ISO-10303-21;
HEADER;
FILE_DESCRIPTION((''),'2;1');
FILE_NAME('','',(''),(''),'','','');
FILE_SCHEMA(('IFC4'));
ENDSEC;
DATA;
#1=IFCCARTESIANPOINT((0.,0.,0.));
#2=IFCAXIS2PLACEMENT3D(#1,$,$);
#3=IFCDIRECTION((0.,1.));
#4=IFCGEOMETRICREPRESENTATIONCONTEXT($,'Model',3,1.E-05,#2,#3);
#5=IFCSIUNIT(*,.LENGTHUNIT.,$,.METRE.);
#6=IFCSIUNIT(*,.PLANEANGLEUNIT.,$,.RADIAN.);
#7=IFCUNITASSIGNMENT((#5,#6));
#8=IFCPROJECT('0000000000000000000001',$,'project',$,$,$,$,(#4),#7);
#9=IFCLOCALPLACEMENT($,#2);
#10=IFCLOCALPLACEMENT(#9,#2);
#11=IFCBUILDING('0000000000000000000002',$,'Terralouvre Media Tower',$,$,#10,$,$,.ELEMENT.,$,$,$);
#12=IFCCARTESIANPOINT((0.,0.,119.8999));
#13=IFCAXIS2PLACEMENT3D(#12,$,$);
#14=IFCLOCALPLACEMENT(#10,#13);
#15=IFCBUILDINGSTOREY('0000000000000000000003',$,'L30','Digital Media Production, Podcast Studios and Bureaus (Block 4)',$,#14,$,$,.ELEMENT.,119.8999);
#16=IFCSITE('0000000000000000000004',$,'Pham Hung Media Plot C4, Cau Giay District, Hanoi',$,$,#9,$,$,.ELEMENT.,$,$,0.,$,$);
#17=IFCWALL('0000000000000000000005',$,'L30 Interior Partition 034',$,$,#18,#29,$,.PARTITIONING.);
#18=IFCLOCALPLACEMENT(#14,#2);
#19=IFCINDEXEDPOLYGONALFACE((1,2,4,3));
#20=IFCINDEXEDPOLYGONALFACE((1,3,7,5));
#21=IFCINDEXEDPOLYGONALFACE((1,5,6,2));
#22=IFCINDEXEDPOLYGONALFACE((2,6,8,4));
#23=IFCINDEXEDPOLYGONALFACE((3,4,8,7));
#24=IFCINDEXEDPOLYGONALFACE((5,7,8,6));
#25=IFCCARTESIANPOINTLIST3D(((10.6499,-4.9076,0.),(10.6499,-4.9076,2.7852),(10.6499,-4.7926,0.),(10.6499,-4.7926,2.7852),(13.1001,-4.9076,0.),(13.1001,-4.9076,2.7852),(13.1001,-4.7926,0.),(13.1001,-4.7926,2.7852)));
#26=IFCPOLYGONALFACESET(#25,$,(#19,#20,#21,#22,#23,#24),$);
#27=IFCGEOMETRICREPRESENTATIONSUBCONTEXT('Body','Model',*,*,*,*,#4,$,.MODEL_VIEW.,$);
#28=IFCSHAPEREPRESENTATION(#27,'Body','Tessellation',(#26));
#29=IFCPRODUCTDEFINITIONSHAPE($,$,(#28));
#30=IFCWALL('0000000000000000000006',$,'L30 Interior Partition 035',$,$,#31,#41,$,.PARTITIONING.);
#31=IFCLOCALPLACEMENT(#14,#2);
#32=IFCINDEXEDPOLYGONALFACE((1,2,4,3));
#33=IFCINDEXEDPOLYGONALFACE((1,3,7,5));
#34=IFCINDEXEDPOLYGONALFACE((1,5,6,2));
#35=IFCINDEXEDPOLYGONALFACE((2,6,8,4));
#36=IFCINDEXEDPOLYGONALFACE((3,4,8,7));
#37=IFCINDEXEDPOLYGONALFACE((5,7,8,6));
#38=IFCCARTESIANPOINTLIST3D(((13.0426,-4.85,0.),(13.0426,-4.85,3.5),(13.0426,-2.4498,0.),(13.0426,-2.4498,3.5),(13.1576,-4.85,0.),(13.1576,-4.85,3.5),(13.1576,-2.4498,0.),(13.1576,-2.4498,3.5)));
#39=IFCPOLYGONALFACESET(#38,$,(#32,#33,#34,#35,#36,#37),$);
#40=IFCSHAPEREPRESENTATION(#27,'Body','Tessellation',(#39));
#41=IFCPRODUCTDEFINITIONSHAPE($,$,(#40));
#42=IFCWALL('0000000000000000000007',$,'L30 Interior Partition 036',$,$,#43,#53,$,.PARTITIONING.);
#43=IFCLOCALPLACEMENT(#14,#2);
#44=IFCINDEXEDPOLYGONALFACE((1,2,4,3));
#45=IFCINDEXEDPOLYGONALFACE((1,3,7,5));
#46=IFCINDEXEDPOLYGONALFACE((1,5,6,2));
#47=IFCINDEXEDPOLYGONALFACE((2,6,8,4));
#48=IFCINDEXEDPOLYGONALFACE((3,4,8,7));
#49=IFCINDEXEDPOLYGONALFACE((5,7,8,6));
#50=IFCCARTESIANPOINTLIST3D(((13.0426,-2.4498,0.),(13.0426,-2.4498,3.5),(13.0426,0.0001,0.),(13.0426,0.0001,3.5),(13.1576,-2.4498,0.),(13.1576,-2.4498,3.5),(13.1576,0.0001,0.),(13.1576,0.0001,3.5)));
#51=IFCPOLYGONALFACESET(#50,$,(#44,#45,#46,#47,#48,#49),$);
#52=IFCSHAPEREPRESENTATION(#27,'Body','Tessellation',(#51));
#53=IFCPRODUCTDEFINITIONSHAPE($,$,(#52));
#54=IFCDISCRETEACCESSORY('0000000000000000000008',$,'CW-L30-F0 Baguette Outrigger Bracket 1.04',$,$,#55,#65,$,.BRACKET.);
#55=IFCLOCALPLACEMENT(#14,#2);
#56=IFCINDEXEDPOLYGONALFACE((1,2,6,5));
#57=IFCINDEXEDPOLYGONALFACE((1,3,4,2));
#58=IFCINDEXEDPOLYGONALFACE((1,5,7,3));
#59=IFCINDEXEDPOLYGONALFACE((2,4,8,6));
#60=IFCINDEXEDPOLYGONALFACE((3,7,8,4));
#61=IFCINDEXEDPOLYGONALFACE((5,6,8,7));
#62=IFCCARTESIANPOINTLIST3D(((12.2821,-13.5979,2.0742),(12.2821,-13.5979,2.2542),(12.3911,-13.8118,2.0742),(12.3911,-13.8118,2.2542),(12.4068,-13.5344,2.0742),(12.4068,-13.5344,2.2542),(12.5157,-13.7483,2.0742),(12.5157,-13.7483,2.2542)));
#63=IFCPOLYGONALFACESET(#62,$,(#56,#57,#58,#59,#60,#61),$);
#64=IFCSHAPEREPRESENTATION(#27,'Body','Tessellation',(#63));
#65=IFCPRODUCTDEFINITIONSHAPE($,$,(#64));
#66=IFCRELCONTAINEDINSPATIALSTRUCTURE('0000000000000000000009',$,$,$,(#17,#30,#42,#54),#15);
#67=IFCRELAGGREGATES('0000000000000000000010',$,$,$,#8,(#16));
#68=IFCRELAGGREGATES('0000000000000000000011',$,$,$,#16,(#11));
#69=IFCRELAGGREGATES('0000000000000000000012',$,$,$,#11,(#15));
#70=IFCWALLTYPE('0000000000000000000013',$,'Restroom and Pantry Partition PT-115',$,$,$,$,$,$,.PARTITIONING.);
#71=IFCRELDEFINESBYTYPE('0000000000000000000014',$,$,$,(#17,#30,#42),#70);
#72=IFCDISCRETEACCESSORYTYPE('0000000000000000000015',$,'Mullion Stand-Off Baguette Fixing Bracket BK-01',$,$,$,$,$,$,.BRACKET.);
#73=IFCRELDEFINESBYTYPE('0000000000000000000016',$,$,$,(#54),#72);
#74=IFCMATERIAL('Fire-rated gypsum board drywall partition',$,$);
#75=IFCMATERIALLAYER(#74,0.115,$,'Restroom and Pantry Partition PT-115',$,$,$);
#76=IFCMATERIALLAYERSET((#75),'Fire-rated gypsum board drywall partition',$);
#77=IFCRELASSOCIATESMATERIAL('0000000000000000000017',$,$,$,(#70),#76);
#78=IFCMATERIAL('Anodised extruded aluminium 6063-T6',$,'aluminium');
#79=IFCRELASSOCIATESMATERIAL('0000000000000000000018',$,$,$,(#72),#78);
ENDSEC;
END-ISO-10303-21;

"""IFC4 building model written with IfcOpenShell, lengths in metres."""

from ifc_helpers import new_model, si_unit, direction, frame, frame_2d, origin, origin_2d, place, context, subcontext, project, spatial, rectangle, extrude, material, layer, layer_set, type_object, element, save


model = new_model("IFC4")

# Units and contexts
model_context = context("Model", 3, precision=1e-05, world=origin(), true_north=direction((0.0, 1.0)))
body_context = subcontext(model_context, "Body", "Model", "MODEL_VIEW")
ifc_project = project(units=[si_unit("LENGTHUNIT", "METRE"), si_unit("PLANEANGLEUNIT", "RADIAN")], contexts=[model_context])

# Site, building, storey
site_placement = place(None, origin())
site = spatial("IfcSite", under=ifc_project, at=site_placement, Name="Pham Hung Media Plot C4, Cau Giay District, Hanoi", CompositionType="ELEMENT", RefElevation=0.0)
building_placement = place(site_placement, origin())
building = spatial("IfcBuilding", under=site, at=building_placement, Name="Terralouvre Media Tower", CompositionType="ELEMENT")
storey_placement = place(building_placement, frame((0.0, 0.0, 119.8999)))
storey = spatial("IfcBuildingStorey", under=building, at=storey_placement, Name="L30", Description="Digital Media Production, Podcast Studios and Bureaus (Block 4)", CompositionType="ELEMENT", Elevation=119.8999)

# Shared definitions
ifc_material_1 = material(Name="Fire-rated gypsum board drywall partition")
ifc_layer_1 = layer(ifc_material_1, 0.115, Name="Restroom and Pantry Partition PT-115")
ifc_layer_set_1 = layer_set([ifc_layer_1], Name="Fire-rated gypsum board drywall partition")
wall_type_1 = type_object("IfcWallType", Name="Restroom and Pantry Partition PT-115", PredefinedType="PARTITIONING", material=ifc_layer_set_1)

# Walls
for number, where, z_axis, x_axis, name in (
    (1, (10.6499, -4.8501, 0.0), (0.0, 0.0, 1.0), (1.0, 0.0, 0.0), "L30 Interior Partition 034"),
):
    element("IfcWall", number, at=place(storey_placement, frame(where, z_axis=z_axis, x_axis=x_axis)), inside=storey, type_object=wall_type_1, Name=name, PredefinedType="PARTITIONING", context=body_context, shape_type="SweptSolid", body=[
        extrude(rectangle(XDim=2.4502, YDim=0.115, at=frame_2d((1.2251, 0.0))), origin(), (0.0, 0.0, 1.0), 2.7852),
    ])
wall_1_placement = place(storey_placement, frame((13.1001, -4.8501, 0.0), z_axis=(0.0, 0.0, 1.0), x_axis=(0.0, 1.0, 0.0)))
element("IfcWall", 2, at=wall_1_placement, inside=storey, type_object=wall_type_1, Name="L30 Interior Partition 035", PredefinedType="PARTITIONING", context=body_context, shape_type="SweptSolid", body=[
    extrude(rectangle(XDim=2.4001, YDim=0.115, at=frame_2d((1.2002, 0.0))), origin(), (0.0, 0.0, 1.0), 3.5),
])
wall_2_placement = place(storey_placement, frame((13.1001, -2.45, 0.0), z_axis=(0.0, 0.0, 1.0), x_axis=(0.0, 1.0, 0.0)))
element("IfcWall", 3, at=wall_2_placement, inside=storey, type_object=wall_type_1, Name="L30 Interior Partition 036", PredefinedType="PARTITIONING", context=body_context, shape_type="SweptSolid", body=[
    extrude(rectangle(XDim=2.45, YDim=0.115, at=frame_2d((1.2251, 0.0))), origin(), (0.0, 0.0, 1.0), 3.5),
])

# Discrete accessory
ifc_material_2 = material(Name="Anodised extruded aluminium 6063-T6", Category="aluminium")
discrete_accessory_type = type_object("IfcDiscreteAccessoryType", Name="Mullion Stand-Off Baguette Fixing Bracket BK-01", PredefinedType="BRACKET", material=ifc_material_2)
discrete_accessory_placement = place(storey_placement, frame((12.3989, -13.6731, 2.0742), z_axis=(0.0, 0.0, 1.0), x_axis=(0.891007, 0.453991, 0.0)))
element("IfcDiscreteAccessory", 4, at=discrete_accessory_placement, inside=storey, type_object=discrete_accessory_type, Name="CW-L30-F0 Baguette Outrigger Bracket 1.04", PredefinedType="BRACKET", context=body_context, shape_type="SweptSolid", body=[
    extrude(rectangle(XDim=0.1399, YDim=0.24, at=origin_2d()), origin(), (0.0, 0.0, 1.0), 0.1799),
])

save(model, "model.ifc")
